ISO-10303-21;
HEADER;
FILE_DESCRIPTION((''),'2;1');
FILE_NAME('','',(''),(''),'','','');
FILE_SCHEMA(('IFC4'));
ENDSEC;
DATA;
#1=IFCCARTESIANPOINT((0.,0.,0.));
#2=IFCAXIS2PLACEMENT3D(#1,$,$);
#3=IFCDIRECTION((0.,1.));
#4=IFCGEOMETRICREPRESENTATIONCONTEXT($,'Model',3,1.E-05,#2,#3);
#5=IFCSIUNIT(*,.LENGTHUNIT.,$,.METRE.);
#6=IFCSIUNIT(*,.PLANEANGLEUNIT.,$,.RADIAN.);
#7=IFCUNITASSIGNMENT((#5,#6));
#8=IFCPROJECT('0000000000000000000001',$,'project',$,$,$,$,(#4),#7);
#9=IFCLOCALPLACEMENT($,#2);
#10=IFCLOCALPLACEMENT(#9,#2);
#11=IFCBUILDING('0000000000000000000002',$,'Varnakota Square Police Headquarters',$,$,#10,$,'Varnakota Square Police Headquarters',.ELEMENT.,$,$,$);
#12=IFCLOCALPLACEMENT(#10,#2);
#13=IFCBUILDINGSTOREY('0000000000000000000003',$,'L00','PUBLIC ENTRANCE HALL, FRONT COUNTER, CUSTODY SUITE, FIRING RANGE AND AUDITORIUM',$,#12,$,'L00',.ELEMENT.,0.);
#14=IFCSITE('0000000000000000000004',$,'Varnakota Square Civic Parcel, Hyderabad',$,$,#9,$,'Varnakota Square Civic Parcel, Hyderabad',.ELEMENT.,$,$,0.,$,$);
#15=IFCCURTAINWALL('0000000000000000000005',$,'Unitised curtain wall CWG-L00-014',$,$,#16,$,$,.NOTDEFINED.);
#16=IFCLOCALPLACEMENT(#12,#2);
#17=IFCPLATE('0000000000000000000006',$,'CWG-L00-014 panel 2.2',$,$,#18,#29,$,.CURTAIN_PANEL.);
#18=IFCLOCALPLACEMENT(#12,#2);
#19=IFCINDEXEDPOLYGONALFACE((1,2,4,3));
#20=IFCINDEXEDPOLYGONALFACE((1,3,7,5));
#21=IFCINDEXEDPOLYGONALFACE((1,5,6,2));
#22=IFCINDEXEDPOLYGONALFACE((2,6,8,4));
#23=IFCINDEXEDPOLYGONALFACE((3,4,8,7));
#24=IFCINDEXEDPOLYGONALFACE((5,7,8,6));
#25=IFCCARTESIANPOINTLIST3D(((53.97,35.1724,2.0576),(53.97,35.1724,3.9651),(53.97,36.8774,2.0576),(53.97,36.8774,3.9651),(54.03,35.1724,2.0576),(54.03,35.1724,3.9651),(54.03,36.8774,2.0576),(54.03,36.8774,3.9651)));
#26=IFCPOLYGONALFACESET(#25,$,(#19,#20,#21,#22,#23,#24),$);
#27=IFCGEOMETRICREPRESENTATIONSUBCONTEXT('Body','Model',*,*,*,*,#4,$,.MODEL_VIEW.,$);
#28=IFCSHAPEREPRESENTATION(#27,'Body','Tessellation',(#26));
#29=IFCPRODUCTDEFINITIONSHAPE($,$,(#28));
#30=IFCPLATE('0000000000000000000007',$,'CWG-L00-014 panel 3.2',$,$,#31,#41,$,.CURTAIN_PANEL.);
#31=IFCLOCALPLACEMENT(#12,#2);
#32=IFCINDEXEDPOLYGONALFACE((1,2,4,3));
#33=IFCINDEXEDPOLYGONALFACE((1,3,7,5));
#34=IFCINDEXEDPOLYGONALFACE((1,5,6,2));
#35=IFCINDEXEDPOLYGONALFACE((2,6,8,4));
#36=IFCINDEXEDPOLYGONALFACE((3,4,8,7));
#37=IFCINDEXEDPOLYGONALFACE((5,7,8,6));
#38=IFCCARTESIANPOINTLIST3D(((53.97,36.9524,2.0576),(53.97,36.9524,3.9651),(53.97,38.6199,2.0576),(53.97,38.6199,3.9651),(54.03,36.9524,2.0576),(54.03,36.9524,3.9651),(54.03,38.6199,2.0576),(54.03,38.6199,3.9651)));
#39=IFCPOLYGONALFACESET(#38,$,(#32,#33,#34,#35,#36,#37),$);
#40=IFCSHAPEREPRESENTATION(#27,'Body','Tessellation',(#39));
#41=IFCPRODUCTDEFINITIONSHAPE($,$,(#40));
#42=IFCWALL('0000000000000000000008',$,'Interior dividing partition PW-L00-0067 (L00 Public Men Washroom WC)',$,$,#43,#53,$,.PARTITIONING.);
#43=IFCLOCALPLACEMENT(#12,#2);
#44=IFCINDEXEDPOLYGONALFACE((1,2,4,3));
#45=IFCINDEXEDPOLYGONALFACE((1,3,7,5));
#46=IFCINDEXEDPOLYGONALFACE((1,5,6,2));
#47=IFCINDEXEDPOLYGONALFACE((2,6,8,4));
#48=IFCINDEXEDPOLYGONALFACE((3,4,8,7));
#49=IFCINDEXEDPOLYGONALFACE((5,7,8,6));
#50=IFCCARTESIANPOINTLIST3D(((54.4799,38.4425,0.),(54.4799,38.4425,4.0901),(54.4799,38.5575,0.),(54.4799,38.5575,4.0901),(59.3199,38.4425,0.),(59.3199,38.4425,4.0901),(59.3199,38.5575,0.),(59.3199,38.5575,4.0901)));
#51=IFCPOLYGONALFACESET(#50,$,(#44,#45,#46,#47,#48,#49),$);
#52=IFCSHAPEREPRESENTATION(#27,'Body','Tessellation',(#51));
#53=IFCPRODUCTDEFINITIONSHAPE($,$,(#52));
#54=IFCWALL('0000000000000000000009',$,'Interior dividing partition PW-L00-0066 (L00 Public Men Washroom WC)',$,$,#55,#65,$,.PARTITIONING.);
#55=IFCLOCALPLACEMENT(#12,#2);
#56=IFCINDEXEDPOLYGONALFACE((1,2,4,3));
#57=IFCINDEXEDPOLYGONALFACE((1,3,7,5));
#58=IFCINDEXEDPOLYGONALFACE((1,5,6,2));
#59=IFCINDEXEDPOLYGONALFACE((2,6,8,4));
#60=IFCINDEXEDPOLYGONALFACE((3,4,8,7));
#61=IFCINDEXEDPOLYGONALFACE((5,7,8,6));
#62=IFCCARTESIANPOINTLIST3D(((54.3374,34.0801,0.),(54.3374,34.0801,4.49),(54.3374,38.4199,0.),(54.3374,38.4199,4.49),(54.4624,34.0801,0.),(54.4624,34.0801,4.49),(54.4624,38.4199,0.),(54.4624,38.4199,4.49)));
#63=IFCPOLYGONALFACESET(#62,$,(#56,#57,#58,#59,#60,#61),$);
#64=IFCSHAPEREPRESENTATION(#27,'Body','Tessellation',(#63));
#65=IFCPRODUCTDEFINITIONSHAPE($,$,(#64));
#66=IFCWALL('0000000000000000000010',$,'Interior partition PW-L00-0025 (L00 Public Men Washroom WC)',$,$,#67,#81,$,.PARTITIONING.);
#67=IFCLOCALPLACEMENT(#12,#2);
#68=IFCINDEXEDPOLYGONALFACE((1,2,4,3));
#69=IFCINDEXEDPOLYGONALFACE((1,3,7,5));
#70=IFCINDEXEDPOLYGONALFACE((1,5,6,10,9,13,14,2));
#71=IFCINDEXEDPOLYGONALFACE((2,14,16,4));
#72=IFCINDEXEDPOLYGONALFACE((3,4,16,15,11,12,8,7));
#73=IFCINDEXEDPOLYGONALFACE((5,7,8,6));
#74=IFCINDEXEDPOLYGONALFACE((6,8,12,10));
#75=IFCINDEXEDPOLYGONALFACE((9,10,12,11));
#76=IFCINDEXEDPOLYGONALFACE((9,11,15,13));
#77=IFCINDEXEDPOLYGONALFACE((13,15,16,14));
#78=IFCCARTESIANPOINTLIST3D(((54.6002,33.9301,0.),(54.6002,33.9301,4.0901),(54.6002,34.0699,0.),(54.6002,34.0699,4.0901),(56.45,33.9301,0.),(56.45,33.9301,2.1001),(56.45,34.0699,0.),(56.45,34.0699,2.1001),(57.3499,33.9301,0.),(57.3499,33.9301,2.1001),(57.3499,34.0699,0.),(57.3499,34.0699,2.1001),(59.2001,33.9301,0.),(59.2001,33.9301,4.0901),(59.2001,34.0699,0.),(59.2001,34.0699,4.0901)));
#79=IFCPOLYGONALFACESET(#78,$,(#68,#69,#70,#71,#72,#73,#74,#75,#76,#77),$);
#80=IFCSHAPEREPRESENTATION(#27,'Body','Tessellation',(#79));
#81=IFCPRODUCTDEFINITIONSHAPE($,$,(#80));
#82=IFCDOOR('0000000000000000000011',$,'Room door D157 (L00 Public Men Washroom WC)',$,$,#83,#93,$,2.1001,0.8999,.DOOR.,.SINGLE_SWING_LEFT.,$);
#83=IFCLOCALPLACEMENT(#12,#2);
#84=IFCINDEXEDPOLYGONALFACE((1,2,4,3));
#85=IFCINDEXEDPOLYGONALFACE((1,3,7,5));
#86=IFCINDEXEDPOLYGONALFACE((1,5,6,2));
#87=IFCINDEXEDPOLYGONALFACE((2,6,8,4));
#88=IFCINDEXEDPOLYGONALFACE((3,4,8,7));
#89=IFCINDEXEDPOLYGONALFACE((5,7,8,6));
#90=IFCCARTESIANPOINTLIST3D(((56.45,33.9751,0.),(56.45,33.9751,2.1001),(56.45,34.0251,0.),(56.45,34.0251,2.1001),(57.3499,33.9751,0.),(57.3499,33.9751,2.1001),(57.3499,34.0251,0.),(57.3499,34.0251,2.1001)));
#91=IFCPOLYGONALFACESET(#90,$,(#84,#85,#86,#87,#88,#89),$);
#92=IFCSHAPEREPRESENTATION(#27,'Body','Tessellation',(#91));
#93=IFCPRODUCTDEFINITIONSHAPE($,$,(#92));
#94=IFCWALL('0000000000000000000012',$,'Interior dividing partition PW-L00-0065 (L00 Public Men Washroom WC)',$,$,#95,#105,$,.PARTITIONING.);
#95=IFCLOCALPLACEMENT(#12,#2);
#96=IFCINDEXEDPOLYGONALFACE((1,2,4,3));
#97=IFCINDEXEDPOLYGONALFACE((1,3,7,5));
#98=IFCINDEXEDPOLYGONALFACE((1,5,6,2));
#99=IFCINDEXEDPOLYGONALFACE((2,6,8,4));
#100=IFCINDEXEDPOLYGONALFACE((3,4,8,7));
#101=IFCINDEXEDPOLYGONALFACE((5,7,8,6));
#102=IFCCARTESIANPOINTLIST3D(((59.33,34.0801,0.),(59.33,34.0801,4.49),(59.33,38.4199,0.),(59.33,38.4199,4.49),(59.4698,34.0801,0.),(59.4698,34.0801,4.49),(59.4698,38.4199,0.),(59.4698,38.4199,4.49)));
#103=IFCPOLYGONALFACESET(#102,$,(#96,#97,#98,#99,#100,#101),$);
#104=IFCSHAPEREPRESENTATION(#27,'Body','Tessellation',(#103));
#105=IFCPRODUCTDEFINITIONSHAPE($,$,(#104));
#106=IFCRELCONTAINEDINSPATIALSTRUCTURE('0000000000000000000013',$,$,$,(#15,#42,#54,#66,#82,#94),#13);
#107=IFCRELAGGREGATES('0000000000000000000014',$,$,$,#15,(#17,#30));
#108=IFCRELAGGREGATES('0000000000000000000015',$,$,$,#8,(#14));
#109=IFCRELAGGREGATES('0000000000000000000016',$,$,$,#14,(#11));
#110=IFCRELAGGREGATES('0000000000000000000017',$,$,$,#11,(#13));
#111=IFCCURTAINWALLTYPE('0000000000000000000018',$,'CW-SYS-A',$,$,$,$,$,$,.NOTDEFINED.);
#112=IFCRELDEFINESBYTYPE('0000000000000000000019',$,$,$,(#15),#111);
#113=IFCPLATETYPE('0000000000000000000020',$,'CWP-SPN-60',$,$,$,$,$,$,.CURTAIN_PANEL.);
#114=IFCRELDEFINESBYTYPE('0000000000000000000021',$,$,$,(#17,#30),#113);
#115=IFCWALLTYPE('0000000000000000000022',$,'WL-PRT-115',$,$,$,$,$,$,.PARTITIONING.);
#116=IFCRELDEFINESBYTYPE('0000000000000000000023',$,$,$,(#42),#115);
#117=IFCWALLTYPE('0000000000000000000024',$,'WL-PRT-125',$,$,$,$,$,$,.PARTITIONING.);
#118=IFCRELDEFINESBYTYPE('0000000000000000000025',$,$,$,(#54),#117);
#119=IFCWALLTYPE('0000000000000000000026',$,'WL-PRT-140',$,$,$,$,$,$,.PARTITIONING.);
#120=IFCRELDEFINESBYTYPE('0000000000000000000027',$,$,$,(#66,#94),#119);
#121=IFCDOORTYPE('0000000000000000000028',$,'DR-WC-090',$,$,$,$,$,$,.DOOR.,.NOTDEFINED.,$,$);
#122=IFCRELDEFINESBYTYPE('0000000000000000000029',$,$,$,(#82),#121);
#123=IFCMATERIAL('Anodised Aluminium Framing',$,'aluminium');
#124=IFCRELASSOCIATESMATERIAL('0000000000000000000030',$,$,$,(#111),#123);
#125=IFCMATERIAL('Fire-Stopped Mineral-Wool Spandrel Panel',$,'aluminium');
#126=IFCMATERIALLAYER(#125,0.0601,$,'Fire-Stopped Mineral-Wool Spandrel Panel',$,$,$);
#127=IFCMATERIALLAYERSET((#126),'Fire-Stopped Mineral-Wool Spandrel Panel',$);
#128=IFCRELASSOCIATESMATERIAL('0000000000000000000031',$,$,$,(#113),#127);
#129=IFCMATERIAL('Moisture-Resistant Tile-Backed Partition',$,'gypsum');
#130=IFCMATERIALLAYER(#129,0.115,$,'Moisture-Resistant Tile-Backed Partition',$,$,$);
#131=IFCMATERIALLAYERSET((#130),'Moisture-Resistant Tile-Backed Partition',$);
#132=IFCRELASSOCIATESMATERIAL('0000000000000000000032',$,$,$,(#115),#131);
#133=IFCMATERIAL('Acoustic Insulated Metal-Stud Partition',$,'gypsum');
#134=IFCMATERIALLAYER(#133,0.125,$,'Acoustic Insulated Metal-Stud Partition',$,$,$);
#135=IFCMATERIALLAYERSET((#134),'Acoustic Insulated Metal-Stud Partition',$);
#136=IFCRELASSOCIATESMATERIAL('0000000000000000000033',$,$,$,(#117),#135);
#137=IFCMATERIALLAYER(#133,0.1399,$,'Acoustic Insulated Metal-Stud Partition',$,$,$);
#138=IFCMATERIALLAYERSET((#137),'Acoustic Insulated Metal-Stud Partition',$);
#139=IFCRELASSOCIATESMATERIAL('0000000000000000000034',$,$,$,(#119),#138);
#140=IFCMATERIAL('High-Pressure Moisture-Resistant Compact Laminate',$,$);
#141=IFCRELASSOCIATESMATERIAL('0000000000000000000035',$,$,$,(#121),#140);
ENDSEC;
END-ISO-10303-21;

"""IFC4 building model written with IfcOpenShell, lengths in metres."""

from ifc_helpers import new_model, si_unit, direction, frame, frame_2d, origin, origin_2d, place, context, subcontext, project, spatial, rectangle, extrude, material, layer, layer_set, type_object, element, fill, aggregate, save


model = new_model("IFC4")

# Units and contexts
model_context = context("Model", 3, precision=1e-05, world=origin(), true_north=direction((0.0, 1.0)))
body_context = subcontext(model_context, "Body", "Model", "MODEL_VIEW")
ifc_project = project(units=[si_unit("LENGTHUNIT", "METRE"), si_unit("PLANEANGLEUNIT", "RADIAN")], contexts=[model_context])

# Site, building, storey
site_placement = place(None, origin())
site = spatial("IfcSite", under=ifc_project, at=site_placement, Name="Varnakota Square Civic Parcel, Hyderabad", LongName="Varnakota Square Civic Parcel, Hyderabad", CompositionType="ELEMENT", RefElevation=0.0)
building_placement = place(site_placement, origin())
building = spatial("IfcBuilding", under=site, at=building_placement, Name="Varnakota Square Police Headquarters", LongName="Varnakota Square Police Headquarters", CompositionType="ELEMENT")
storey_placement = place(building_placement, origin())
storey = spatial("IfcBuildingStorey", under=building, at=storey_placement, Name="L00", Description="PUBLIC ENTRANCE HALL, FRONT COUNTER, CUSTODY SUITE, FIRING RANGE AND AUDITORIUM", LongName="L00", CompositionType="ELEMENT", Elevation=0.0)

# Curtain wall, plates
ifc_material_1 = material(Name="Anodised Aluminium Framing", Category="aluminium")
curtain_wall_type = type_object("IfcCurtainWallType", Name="CW-SYS-A", PredefinedType="NOTDEFINED", material=ifc_material_1)
curtain_wall_placement = place(storey_placement, origin())
curtain_wall = element("IfcCurtainWall", 1, at=curtain_wall_placement, inside=storey, type_object=curtain_wall_type, Name="Unitised curtain wall CWG-L00-014", PredefinedType="NOTDEFINED")
ifc_material_2 = material(Name="Fire-Stopped Mineral-Wool Spandrel Panel", Category="aluminium")
ifc_layer_1 = layer(ifc_material_2, 0.0601, Name="Fire-Stopped Mineral-Wool Spandrel Panel")
ifc_layer_set_1 = layer_set([ifc_layer_1], Name="Fire-Stopped Mineral-Wool Spandrel Panel")
plate_type_1 = type_object("IfcPlateType", Name="CWP-SPN-60", PredefinedType="CURTAIN_PANEL", material=ifc_layer_set_1)
plate_1_placement = place(storey_placement, frame((54.0, 36.0249, 2.0576), z_axis=(0.0, 0.0, 1.0), x_axis=(0.0, 1.0, 0.0)))
plate_1 = element("IfcPlate", 2, at=plate_1_placement, type_object=plate_type_1, Name="CWG-L00-014 panel 2.2", PredefinedType="CURTAIN_PANEL", context=body_context, shape_type="SweptSolid", body=[
    extrude(rectangle(XDim=1.7051, YDim=0.0601, at=origin_2d()), origin(), (0.0, 0.0, 1.0), 1.9075),
])
plate_2_placement = place(storey_placement, frame((54.0, 37.7861, 2.0576), z_axis=(0.0, 0.0, 1.0), x_axis=(0.0, 1.0, 0.0)))
plate_2 = element("IfcPlate", 3, at=plate_2_placement, type_object=plate_type_1, Name="CWG-L00-014 panel 3.2", PredefinedType="CURTAIN_PANEL", context=body_context, shape_type="SweptSolid", body=[
    extrude(rectangle(XDim=1.6675, YDim=0.0601, at=origin_2d()), origin(), (0.0, 0.0, 1.0), 1.9075),
])
aggregate(curtain_wall, [plate_1, plate_2])

# Walls
ifc_material_3 = material(Name="Moisture-Resistant Tile-Backed Partition", Category="gypsum")
ifc_layer_2 = layer(ifc_material_3, 0.115, Name="Moisture-Resistant Tile-Backed Partition")
ifc_layer_set_2 = layer_set([ifc_layer_2], Name="Moisture-Resistant Tile-Backed Partition")
wall_type_1 = type_object("IfcWallType", Name="WL-PRT-115", PredefinedType="PARTITIONING", material=ifc_layer_set_2)
wall_1_placement = place(storey_placement, frame((54.48, 38.5, 0.0), z_axis=(0.0, 0.0, 1.0), x_axis=(1.0, 0.0, 0.0)))
element("IfcWall", 4, at=wall_1_placement, inside=storey, type_object=wall_type_1, Name="Interior dividing partition PW-L00-0067 (L00 Public Men Washroom WC)", PredefinedType="PARTITIONING", context=body_context, shape_type="SweptSolid", body=[
    extrude(rectangle(XDim=4.8401, YDim=0.115, at=frame_2d((2.4199, 0.0))), origin(), (0.0, 0.0, 1.0), 4.0901),
])
ifc_material_4 = material(Name="Acoustic Insulated Metal-Stud Partition", Category="gypsum")
ifc_layer_3 = layer(ifc_material_4, 0.125, Name="Acoustic Insulated Metal-Stud Partition")
ifc_layer_set_3 = layer_set([ifc_layer_3], Name="Acoustic Insulated Metal-Stud Partition")
wall_type_2 = type_object("IfcWallType", Name="WL-PRT-125", PredefinedType="PARTITIONING", material=ifc_layer_set_3)
wall_2_placement = place(storey_placement, frame((54.3999, 34.0801, 0.0), z_axis=(0.0, 0.0, 1.0), x_axis=(0.0, 1.0, 0.0)))
element("IfcWall", 5, at=wall_2_placement, inside=storey, type_object=wall_type_2, Name="Interior dividing partition PW-L00-0066 (L00 Public Men Washroom WC)", PredefinedType="PARTITIONING", context=body_context, shape_type="SweptSolid", body=[
    extrude(rectangle(XDim=4.3398, YDim=0.125, at=frame_2d((2.1699, 0.0))), origin(), (0.0, 0.0, 1.0), 4.49),
])

# Wall, opening, door
ifc_layer_4 = layer(ifc_material_4, 0.1399, Name="Acoustic Insulated Metal-Stud Partition")
ifc_layer_set_4 = layer_set([ifc_layer_4], Name="Acoustic Insulated Metal-Stud Partition")
wall_type_3 = type_object("IfcWallType", Name="WL-PRT-140", PredefinedType="PARTITIONING", material=ifc_layer_set_4)
wall_3_placement = place(storey_placement, frame((59.2, 34.0, 0.0), z_axis=(0.0, 0.0, 1.0), x_axis=(-1.0, 0.0, 0.0)))
wall_3 = element("IfcWall", 6, at=wall_3_placement, inside=storey, type_object=wall_type_3, Name="Interior partition PW-L00-0025 (L00 Public Men Washroom WC)", PredefinedType="PARTITIONING", context=body_context, shape_type="SweptSolid", body=[
    extrude(rectangle(XDim=4.5999, YDim=0.1399, at=frame_2d((2.2998, 0.0))), origin(), (0.0, 0.0, 1.0), 4.0901),
])
opening_placement = place(wall_3_placement, frame((1.8501, 0.0, 0.0)))
opening = element("IfcOpeningElement", 7, at=opening_placement, cuts=wall_3, PredefinedType="OPENING", context=body_context, shape_type="SweptSolid", body=[
    extrude(rectangle(XDim=0.8999, YDim=2.1001, at=frame_2d((0.45, 1.05))), frame((0.0, 0.0798, 0.0), z_axis=(0.0, -1.0, 0.0), x_axis=(1.0, 0.0, 0.0)), (0.0, 0.0, 1.0), 0.1599),
])
ifc_material_5 = material(Name="High-Pressure Moisture-Resistant Compact Laminate")
door_type = type_object("IfcDoorType", Name="DR-WC-090", OperationType="NOTDEFINED", PredefinedType="DOOR", material=ifc_material_5)
door_placement = place(opening_placement, origin())
door = element("IfcDoor", 8, at=door_placement, inside=storey, type_object=door_type, Name="Room door D157 (L00 Public Men Washroom WC)", OperationType="SINGLE_SWING_LEFT", OverallHeight=2.1001, OverallWidth=0.8999, PredefinedType="DOOR", context=body_context, shape_type="SweptSolid", body=[
    extrude(rectangle(XDim=0.8999, YDim=2.1001, at=frame_2d((0.45, 1.05))), frame((0.0, 0.0249, 0.0), z_axis=(0.0, -1.0, 0.0), x_axis=(1.0, 0.0, 0.0)), (0.0, 0.0, 1.0), 0.05),
])
fill(opening, door)

# Wall
wall_4_placement = place(storey_placement, frame((59.3999, 38.4199, 0.0), z_axis=(0.0, 0.0, 1.0), x_axis=(0.0, -1.0, 0.0)))
element("IfcWall", 9, at=wall_4_placement, inside=storey, type_object=wall_type_3, Name="Interior dividing partition PW-L00-0065 (L00 Public Men Washroom WC)", PredefinedType="PARTITIONING", context=body_context, shape_type="SweptSolid", body=[
    extrude(rectangle(XDim=4.3398, YDim=0.1399, at=frame_2d((2.1699, 0.0))), origin(), (0.0, 0.0, 1.0), 4.49),
])

save(model, "model.ifc")
